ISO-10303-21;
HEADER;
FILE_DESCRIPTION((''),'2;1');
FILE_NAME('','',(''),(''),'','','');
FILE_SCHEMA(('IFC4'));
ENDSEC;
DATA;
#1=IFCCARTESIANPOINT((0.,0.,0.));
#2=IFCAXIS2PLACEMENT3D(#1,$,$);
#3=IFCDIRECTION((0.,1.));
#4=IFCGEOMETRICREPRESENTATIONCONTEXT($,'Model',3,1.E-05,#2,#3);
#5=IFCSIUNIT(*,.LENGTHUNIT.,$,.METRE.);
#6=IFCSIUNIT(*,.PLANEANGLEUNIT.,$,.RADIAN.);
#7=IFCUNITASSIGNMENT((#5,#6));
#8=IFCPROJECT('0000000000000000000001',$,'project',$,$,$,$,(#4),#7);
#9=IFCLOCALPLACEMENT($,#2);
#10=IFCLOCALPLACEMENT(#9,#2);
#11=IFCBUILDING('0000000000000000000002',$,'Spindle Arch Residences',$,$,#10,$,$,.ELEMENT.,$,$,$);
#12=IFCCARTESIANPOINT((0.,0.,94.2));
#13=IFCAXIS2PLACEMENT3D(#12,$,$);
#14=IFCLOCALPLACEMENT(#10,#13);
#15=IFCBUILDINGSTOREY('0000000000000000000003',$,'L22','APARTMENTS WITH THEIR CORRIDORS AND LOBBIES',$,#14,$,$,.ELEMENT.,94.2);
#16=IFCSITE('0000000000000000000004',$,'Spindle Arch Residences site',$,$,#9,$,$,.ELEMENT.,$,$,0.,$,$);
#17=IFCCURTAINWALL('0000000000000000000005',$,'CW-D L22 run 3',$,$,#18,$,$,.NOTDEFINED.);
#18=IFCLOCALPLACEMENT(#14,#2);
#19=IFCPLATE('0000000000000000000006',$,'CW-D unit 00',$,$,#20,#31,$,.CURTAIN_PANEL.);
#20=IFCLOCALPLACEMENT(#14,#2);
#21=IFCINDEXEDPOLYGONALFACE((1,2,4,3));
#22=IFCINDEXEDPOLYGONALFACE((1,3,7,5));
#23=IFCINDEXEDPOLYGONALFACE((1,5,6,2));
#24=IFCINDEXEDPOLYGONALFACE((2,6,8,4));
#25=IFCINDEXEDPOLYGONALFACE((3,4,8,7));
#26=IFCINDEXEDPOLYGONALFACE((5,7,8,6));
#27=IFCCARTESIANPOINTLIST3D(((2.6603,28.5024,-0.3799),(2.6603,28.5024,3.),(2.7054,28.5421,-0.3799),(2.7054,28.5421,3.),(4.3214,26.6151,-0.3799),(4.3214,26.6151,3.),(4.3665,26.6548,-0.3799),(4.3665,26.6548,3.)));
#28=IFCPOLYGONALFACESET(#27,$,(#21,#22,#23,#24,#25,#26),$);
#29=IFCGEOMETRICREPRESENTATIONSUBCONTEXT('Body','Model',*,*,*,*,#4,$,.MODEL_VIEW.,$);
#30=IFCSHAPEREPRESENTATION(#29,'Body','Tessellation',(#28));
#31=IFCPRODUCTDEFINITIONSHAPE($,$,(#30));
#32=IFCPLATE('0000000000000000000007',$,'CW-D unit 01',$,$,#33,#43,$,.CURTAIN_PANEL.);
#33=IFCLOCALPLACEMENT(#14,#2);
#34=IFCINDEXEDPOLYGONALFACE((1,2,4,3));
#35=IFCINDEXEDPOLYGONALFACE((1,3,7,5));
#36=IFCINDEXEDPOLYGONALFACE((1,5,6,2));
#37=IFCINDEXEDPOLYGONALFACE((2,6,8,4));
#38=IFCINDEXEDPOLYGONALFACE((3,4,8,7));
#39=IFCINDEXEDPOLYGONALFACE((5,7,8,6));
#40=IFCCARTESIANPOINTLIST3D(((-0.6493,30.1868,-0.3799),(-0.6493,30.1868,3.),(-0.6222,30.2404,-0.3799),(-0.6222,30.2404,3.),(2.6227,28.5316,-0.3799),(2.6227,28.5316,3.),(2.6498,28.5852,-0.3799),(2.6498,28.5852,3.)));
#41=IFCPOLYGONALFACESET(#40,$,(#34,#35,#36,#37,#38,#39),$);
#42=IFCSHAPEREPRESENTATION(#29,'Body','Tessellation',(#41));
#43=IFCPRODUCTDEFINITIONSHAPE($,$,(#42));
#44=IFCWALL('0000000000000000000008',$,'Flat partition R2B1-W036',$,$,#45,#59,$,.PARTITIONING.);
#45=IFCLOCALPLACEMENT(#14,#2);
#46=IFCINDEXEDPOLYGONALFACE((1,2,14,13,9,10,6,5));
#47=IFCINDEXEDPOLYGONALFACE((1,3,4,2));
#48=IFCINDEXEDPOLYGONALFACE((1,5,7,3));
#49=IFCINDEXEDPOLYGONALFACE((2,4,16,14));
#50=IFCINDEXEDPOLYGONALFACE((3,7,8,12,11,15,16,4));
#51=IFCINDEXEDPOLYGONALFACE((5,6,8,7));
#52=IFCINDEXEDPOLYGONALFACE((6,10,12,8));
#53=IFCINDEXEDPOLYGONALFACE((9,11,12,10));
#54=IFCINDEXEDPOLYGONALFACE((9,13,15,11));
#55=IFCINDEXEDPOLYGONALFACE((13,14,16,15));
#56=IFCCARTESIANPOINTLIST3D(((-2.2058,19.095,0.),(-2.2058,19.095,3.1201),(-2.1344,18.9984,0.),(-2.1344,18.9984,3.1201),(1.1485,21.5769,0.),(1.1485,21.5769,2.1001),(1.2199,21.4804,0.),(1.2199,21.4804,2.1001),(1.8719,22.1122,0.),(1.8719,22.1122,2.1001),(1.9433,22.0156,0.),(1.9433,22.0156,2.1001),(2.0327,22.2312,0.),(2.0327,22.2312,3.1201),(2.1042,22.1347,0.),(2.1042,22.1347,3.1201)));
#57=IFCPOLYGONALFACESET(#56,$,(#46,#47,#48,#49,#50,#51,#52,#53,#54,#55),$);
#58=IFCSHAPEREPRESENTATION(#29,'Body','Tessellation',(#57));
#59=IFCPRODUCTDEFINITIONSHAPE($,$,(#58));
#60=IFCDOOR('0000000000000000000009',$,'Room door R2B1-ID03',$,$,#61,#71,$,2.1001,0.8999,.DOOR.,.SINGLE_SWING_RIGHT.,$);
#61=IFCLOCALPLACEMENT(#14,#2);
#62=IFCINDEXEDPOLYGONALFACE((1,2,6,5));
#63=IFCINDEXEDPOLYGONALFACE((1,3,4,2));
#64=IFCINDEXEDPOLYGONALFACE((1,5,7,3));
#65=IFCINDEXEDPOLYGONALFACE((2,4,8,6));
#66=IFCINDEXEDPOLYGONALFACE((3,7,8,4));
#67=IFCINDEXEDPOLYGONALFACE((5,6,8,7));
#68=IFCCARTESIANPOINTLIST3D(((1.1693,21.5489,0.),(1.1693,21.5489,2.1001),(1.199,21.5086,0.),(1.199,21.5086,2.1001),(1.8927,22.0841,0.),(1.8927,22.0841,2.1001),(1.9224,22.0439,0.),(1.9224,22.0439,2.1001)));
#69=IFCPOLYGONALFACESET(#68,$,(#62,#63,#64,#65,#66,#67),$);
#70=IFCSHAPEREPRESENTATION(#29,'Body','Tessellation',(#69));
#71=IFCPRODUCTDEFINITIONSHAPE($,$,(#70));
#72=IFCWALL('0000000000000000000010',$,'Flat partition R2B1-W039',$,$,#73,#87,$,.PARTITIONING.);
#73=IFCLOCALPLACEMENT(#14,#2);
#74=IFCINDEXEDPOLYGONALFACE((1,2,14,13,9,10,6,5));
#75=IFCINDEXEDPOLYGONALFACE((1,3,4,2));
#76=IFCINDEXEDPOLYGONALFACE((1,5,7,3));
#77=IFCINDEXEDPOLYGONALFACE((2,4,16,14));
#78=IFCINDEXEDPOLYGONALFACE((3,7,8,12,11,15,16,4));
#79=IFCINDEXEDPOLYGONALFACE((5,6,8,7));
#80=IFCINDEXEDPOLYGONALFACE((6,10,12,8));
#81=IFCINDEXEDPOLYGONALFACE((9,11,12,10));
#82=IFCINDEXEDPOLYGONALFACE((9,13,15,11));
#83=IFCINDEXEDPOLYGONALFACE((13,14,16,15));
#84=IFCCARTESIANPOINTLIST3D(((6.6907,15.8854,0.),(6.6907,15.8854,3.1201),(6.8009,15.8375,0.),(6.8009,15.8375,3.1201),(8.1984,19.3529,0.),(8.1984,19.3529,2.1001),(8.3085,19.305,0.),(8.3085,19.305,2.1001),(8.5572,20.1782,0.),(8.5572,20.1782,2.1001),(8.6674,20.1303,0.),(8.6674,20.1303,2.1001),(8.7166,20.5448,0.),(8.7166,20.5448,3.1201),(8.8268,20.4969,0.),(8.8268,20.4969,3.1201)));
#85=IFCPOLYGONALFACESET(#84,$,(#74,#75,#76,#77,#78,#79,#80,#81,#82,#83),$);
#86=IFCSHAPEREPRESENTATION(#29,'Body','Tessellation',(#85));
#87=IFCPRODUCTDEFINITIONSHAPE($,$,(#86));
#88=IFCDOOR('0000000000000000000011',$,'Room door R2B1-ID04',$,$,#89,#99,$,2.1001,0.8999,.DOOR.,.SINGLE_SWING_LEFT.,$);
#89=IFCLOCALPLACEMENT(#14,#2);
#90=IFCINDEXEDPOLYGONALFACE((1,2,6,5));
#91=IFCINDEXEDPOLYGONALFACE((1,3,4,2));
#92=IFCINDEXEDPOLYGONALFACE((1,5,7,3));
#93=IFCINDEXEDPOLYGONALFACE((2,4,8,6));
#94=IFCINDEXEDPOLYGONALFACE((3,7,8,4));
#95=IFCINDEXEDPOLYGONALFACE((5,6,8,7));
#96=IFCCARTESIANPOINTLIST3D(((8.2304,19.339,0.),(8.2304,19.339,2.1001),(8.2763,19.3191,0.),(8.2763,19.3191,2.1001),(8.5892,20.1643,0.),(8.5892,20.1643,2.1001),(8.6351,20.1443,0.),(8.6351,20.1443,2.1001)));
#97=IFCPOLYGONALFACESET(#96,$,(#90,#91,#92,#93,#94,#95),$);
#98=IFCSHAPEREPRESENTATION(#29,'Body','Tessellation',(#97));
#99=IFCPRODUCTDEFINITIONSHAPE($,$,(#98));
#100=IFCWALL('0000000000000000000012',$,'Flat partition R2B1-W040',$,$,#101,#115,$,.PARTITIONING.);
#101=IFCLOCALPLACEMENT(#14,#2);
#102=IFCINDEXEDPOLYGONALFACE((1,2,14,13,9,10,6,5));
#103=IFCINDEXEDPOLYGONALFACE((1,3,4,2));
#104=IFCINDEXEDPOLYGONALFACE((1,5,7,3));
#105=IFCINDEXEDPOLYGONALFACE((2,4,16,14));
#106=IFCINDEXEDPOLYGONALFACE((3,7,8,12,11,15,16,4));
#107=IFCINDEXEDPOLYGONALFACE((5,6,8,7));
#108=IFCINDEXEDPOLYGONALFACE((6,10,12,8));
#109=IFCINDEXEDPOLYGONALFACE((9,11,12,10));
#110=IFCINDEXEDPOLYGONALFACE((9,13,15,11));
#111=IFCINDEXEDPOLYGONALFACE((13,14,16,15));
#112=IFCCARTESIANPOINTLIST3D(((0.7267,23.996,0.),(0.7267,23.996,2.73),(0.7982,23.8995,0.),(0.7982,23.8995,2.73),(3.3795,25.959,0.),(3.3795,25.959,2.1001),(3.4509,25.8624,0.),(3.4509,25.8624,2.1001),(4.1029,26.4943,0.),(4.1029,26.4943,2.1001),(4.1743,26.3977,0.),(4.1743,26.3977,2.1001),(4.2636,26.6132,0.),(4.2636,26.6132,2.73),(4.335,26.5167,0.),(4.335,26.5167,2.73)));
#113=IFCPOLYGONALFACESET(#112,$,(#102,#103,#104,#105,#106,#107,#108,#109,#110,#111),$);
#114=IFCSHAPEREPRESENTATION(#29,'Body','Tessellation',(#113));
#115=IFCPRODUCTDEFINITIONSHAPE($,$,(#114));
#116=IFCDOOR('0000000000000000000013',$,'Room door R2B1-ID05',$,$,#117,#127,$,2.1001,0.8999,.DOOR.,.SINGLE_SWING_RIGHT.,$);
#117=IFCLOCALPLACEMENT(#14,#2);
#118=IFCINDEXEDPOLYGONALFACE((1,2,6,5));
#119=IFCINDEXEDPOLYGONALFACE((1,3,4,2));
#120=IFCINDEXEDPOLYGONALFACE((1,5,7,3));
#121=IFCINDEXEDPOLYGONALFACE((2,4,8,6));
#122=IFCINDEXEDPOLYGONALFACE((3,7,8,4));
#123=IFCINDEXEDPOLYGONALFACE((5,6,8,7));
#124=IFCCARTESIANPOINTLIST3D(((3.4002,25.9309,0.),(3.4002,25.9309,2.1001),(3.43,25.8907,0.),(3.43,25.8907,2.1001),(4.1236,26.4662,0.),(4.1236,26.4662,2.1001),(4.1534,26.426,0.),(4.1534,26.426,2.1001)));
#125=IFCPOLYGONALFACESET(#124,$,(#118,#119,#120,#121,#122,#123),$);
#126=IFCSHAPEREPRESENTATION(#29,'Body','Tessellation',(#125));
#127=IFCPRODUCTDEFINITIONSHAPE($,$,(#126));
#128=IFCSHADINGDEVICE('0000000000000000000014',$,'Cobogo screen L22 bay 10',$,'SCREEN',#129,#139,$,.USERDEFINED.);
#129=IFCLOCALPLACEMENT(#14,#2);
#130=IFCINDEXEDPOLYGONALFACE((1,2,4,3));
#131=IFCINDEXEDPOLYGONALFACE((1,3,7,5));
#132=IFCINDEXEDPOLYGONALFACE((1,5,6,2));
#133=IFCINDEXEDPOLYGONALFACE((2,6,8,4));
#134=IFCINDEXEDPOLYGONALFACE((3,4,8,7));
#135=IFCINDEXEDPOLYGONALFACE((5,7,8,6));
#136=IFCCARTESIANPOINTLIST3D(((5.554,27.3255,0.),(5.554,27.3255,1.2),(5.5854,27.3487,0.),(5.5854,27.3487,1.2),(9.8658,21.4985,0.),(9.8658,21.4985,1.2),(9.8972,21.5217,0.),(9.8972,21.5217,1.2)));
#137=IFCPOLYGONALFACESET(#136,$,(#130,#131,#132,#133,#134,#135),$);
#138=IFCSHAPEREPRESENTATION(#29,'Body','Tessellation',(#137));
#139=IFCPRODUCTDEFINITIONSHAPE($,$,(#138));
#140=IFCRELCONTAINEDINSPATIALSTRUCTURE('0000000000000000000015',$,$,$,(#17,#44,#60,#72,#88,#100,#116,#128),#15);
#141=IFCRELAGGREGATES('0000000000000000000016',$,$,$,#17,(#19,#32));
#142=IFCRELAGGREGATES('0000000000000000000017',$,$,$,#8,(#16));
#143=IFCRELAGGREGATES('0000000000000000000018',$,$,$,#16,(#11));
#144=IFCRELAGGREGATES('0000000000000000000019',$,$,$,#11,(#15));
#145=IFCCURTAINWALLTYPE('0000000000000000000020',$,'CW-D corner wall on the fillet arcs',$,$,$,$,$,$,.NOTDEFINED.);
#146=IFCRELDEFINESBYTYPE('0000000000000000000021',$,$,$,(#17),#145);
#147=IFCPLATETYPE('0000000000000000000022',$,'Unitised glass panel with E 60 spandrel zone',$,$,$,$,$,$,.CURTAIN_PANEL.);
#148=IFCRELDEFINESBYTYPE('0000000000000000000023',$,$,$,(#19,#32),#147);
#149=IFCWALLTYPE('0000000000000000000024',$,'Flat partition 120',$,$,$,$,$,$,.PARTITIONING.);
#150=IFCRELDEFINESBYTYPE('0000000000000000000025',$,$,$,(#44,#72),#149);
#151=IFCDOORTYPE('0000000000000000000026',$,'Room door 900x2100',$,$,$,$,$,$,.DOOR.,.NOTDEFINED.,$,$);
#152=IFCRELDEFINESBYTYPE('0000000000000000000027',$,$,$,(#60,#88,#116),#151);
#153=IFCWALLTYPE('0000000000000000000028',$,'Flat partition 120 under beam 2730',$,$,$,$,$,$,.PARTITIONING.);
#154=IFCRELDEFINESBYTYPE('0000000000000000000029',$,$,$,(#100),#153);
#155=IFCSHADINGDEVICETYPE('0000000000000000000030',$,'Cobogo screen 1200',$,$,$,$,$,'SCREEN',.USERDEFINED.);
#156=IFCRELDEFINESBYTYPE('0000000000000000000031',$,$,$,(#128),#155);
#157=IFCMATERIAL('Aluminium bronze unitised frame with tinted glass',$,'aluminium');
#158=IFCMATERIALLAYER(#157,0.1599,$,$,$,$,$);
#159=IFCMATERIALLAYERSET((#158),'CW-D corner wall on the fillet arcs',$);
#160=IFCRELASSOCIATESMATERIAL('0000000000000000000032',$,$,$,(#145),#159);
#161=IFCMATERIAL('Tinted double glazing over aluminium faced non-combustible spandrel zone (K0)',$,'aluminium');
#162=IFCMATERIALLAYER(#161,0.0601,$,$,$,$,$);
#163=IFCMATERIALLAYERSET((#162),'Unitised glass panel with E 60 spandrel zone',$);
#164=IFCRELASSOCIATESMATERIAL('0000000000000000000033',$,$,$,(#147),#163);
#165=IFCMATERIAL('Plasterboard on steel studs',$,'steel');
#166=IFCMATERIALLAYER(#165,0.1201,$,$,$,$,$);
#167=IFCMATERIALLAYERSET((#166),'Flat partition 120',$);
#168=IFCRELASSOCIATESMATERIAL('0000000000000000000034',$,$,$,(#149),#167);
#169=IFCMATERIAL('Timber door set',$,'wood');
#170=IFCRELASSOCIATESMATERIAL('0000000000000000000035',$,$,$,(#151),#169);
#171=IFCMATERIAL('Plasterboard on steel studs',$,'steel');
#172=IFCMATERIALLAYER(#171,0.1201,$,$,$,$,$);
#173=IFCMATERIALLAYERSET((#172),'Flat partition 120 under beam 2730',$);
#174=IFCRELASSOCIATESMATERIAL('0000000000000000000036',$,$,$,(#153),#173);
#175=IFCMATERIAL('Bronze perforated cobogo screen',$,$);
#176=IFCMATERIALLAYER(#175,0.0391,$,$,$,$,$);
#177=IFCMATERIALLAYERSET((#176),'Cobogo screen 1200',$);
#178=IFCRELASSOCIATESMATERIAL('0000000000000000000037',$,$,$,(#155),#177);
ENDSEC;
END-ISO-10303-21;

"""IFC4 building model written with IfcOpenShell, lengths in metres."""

from ifc_helpers import new_model, si_unit, direction, frame, frame_2d, origin, origin_2d, place, context, subcontext, project, spatial, rectangle, extrude, material, layer, layer_set, type_object, element, fill, aggregate, save


model = new_model("IFC4")

# Units and contexts
model_context = context("Model", 3, precision=1e-05, world=origin(), true_north=direction((0.0, 1.0)))
body_context = subcontext(model_context, "Body", "Model", "MODEL_VIEW")
ifc_project = project(units=[si_unit("LENGTHUNIT", "METRE"), si_unit("PLANEANGLEUNIT", "RADIAN")], contexts=[model_context])

# Site, building, storey
site_placement = place(None, origin())
site = spatial("IfcSite", under=ifc_project, at=site_placement, Name="Spindle Arch Residences site", CompositionType="ELEMENT", RefElevation=0.0)
building_placement = place(site_placement, origin())
building = spatial("IfcBuilding", under=site, at=building_placement, Name="Spindle Arch Residences", CompositionType="ELEMENT")
storey_placement = place(building_placement, frame((0.0, 0.0, 94.2)))
storey = spatial("IfcBuildingStorey", under=building, at=storey_placement, Name="L22", Description="APARTMENTS WITH THEIR CORRIDORS AND LOBBIES", CompositionType="ELEMENT", Elevation=94.2)

# Curtain wall
ifc_material_1 = material(Name="Aluminium bronze unitised frame with tinted glass", Category="aluminium")
ifc_layer_1 = layer(ifc_material_1, 0.1599)
ifc_layer_set_1 = layer_set([ifc_layer_1], Name="CW-D corner wall on the fillet arcs")
curtain_wall_type_1 = type_object("IfcCurtainWallType", Name="CW-D corner wall on the fillet arcs", PredefinedType="NOTDEFINED", material=ifc_layer_set_1)
curtain_wall_1_placement = place(storey_placement, origin())
curtain_wall_1 = element("IfcCurtainWall", 1, at=curtain_wall_1_placement, inside=storey, type_object=curtain_wall_type_1, Name="CW-D L22 run 3", PredefinedType="NOTDEFINED")

# Plates
ifc_material_2 = material(Name="Tinted double glazing over aluminium faced non-combustible spandrel zone (K0)", Category="aluminium")
ifc_layer_2 = layer(ifc_material_2, 0.0601)
ifc_layer_set_2 = layer_set([ifc_layer_2], Name="Unitised glass panel with E 60 spandrel zone")
plate_type = type_object("IfcPlateType", Name="Unitised glass panel with E 60 spandrel zone", PredefinedType="CURTAIN_PANEL", material=ifc_layer_set_2)
plate_1_placement = place(storey_placement, frame((3.5134, 27.5786, -0.3799), z_axis=(0.0, 0.0, 1.0), x_axis=(-0.660704, 0.750647, 0.0)))
plate_1 = element("IfcPlate", 2, at=plate_1_placement, type_object=plate_type, Name="CW-D unit 00", PredefinedType="CURTAIN_PANEL", context=body_context, shape_type="SweptSolid", body=[
    extrude(rectangle(XDim=2.5142, YDim=0.0601, at=origin_2d()), origin(), (0.0, 0.0, 1.0), 3.3799),
])
plate_2_placement = place(storey_placement, frame((1.0002, 29.386, -0.3799), z_axis=(0.0, 0.0, 1.0), x_axis=(-0.892323, 0.451397, 0.0)))
plate_2 = element("IfcPlate", 3, at=plate_2_placement, type_object=plate_type, Name="CW-D unit 01", PredefinedType="CURTAIN_PANEL", context=body_context, shape_type="SweptSolid", body=[
    extrude(rectangle(XDim=3.6667, YDim=0.0601, at=origin_2d()), origin(), (0.0, 0.0, 1.0), 3.3799),
])
aggregate(curtain_wall_1, [plate_1, plate_2])

# Walls, openings, doors
ifc_material_3 = material(Name="Plasterboard on steel studs", Category="steel")
ifc_layer_3 = layer(ifc_material_3, 0.1201)
ifc_layer_set_3 = layer_set([ifc_layer_3], Name="Flat partition 120")
wall_type_1 = type_object("IfcWallType", Name="Flat partition 120", PredefinedType="PARTITIONING", material=ifc_layer_set_3)
wall_1_placement = place(storey_placement, frame((2.0684, 22.1829, 0.0), z_axis=(0.0, 0.0, 1.0), x_axis=(-0.803867, -0.594809, 0.0)))
wall_1 = element("IfcWall", 4, at=wall_1_placement, inside=storey, type_object=wall_type_1, Name="Flat partition R2B1-W036", PredefinedType="PARTITIONING", context=body_context, shape_type="SweptSolid", body=[
    extrude(rectangle(XDim=5.2727, YDim=0.1201, at=frame_2d((2.6362, 0.0))), origin(), (0.0, 0.0, 1.0), 3.1201),
])
opening_1_placement = place(wall_1_placement, frame((0.2, 0.0, 0.0)))
opening_1 = element("IfcOpeningElement", 5, at=opening_1_placement, cuts=wall_1, PredefinedType="OPENING", context=body_context, shape_type="SweptSolid", body=[
    extrude(rectangle(XDim=0.8999, YDim=2.1001, at=frame_2d((0.45, 1.05))), frame((0.0, 0.0701, 0.0), z_axis=(0.0, -1.0, 0.0), x_axis=(1.0, 0.0, 0.0)), (0.0, 0.0, 1.0), 0.1401),
])
ifc_material_4 = material(Name="Timber door set", Category="wood")
door_type_1 = type_object("IfcDoorType", Name="Room door 900x2100", OperationType="NOTDEFINED", PredefinedType="DOOR", material=ifc_material_4)
door_1_placement = place(opening_1_placement, origin())
door_1 = element("IfcDoor", 6, at=door_1_placement, inside=storey, type_object=door_type_1, Name="Room door R2B1-ID03", OperationType="SINGLE_SWING_RIGHT", OverallHeight=2.1001, OverallWidth=0.8999, PredefinedType="DOOR", context=body_context, shape_type="SweptSolid", body=[
    extrude(rectangle(XDim=0.8999, YDim=2.1001, at=frame_2d((0.45, 1.05))), frame((0.0, 0.0249, 0.0), z_axis=(0.0, -1.0, 0.0), x_axis=(1.0, 0.0, 0.0)), (0.0, 0.0, 1.0), 0.05),
])
fill(opening_1, door_1)
wall_2_placement = place(storey_placement, frame((8.7717, 20.521, 0.0), z_axis=(0.0, 0.0, 1.0), x_axis=(-0.398733, -0.917067, 0.0)))
wall_2 = element("IfcWall", 7, at=wall_2_placement, inside=storey, type_object=wall_type_1, Name="Flat partition R2B1-W039", PredefinedType="PARTITIONING", context=body_context, shape_type="SweptSolid", body=[
    extrude(rectangle(XDim=5.0808, YDim=0.1201, at=frame_2d((2.5405, 0.0))), origin(), (0.0, 0.0, 1.0), 3.1201),
])
opening_2_placement = place(wall_2_placement, frame((0.3999, 0.0, 0.0)))
opening_2 = element("IfcOpeningElement", 8, at=opening_2_placement, cuts=wall_2, PredefinedType="OPENING", context=body_context, shape_type="SweptSolid", body=[
    extrude(rectangle(XDim=0.8999, YDim=2.1001, at=frame_2d((0.45, 1.05))), frame((0.0, 0.0701, 0.0), z_axis=(0.0, -1.0, 0.0), x_axis=(1.0, 0.0, 0.0)), (0.0, 0.0, 1.0), 0.1401),
])
door_2_placement = place(opening_2_placement, origin())
door_2 = element("IfcDoor", 9, at=door_2_placement, inside=storey, type_object=door_type_1, Name="Room door R2B1-ID04", OperationType="SINGLE_SWING_LEFT", OverallHeight=2.1001, OverallWidth=0.8999, PredefinedType="DOOR", context=body_context, shape_type="SweptSolid", body=[
    extrude(rectangle(XDim=0.8999, YDim=2.1001, at=frame_2d((0.45, 1.05))), frame((0.0, 0.0249, 0.0), z_axis=(0.0, -1.0, 0.0), x_axis=(1.0, 0.0, 0.0)), (0.0, 0.0, 1.0), 0.05),
])
fill(opening_2, door_2)
ifc_material_5 = material(Name="Plasterboard on steel studs", Category="steel")
ifc_layer_4 = layer(ifc_material_5, 0.1201)
ifc_layer_set_4 = layer_set([ifc_layer_4], Name="Flat partition 120 under beam 2730")
wall_type_2 = type_object("IfcWallType", Name="Flat partition 120 under beam 2730", PredefinedType="PARTITIONING", material=ifc_layer_set_4)
wall_3_placement = place(storey_placement, frame((4.2993, 26.5649, 0.0), z_axis=(0.0, 0.0, 1.0), x_axis=(-0.803852, -0.594829, 0.0)))
wall_3 = element("IfcWall", 10, at=wall_3_placement, inside=storey, type_object=wall_type_2, Name="Flat partition R2B1-W040", PredefinedType="PARTITIONING", context=body_context, shape_type="SweptSolid", body=[
    extrude(rectangle(XDim=4.3999, YDim=0.1201, at=frame_2d((2.2, 0.0))), origin(), (0.0, 0.0, 1.0), 2.73),
])
opening_3_placement = place(wall_3_placement, frame((0.2, 0.0, 0.0)))
opening_3 = element("IfcOpeningElement", 11, at=opening_3_placement, cuts=wall_3, PredefinedType="OPENING", context=body_context, shape_type="SweptSolid", body=[
    extrude(rectangle(XDim=0.8999, YDim=2.1001, at=frame_2d((0.45, 1.05))), frame((0.0, 0.0701, 0.0), z_axis=(0.0, -1.0, 0.0), x_axis=(1.0, 0.0, 0.0)), (0.0, 0.0, 1.0), 0.1401),
])
door_3_placement = place(opening_3_placement, origin())
door_3 = element("IfcDoor", 12, at=door_3_placement, inside=storey, type_object=door_type_1, Name="Room door R2B1-ID05", OperationType="SINGLE_SWING_RIGHT", OverallHeight=2.1001, OverallWidth=0.8999, PredefinedType="DOOR", context=body_context, shape_type="SweptSolid", body=[
    extrude(rectangle(XDim=0.8999, YDim=2.1001, at=frame_2d((0.45, 1.05))), frame((0.0, 0.0249, 0.0), z_axis=(0.0, -1.0, 0.0), x_axis=(1.0, 0.0, 0.0)), (0.0, 0.0, 1.0), 0.05),
])
fill(opening_3, door_3)

# Shading device
ifc_material_6 = material(Name="Bronze perforated cobogo screen")
ifc_layer_5 = layer(ifc_material_6, 0.0391)
ifc_layer_set_5 = layer_set([ifc_layer_5], Name="Cobogo screen 1200")
shading_device_type = type_object("IfcShadingDeviceType", Name="Cobogo screen 1200", ElementType="SCREEN", PredefinedType="USERDEFINED", material=ifc_layer_set_5)
shading_device_placement = place(storey_placement, frame((7.7256, 24.4236, 0.0), z_axis=(0.0, 0.0, 1.0), x_axis=(-0.594823, 0.803857, 0.0)))
element("IfcShadingDevice", 13, at=shading_device_placement, inside=storey, type_object=shading_device_type, Name="Cobogo screen L22 bay 10", ObjectType="SCREEN", PredefinedType="USERDEFINED", context=body_context, shape_type="SweptSolid", body=[
    extrude(rectangle(XDim=7.2488, YDim=0.0391, at=origin_2d()), origin(), (0.0, 0.0, 1.0), 1.2),
])

save(model, "model.ifc")
